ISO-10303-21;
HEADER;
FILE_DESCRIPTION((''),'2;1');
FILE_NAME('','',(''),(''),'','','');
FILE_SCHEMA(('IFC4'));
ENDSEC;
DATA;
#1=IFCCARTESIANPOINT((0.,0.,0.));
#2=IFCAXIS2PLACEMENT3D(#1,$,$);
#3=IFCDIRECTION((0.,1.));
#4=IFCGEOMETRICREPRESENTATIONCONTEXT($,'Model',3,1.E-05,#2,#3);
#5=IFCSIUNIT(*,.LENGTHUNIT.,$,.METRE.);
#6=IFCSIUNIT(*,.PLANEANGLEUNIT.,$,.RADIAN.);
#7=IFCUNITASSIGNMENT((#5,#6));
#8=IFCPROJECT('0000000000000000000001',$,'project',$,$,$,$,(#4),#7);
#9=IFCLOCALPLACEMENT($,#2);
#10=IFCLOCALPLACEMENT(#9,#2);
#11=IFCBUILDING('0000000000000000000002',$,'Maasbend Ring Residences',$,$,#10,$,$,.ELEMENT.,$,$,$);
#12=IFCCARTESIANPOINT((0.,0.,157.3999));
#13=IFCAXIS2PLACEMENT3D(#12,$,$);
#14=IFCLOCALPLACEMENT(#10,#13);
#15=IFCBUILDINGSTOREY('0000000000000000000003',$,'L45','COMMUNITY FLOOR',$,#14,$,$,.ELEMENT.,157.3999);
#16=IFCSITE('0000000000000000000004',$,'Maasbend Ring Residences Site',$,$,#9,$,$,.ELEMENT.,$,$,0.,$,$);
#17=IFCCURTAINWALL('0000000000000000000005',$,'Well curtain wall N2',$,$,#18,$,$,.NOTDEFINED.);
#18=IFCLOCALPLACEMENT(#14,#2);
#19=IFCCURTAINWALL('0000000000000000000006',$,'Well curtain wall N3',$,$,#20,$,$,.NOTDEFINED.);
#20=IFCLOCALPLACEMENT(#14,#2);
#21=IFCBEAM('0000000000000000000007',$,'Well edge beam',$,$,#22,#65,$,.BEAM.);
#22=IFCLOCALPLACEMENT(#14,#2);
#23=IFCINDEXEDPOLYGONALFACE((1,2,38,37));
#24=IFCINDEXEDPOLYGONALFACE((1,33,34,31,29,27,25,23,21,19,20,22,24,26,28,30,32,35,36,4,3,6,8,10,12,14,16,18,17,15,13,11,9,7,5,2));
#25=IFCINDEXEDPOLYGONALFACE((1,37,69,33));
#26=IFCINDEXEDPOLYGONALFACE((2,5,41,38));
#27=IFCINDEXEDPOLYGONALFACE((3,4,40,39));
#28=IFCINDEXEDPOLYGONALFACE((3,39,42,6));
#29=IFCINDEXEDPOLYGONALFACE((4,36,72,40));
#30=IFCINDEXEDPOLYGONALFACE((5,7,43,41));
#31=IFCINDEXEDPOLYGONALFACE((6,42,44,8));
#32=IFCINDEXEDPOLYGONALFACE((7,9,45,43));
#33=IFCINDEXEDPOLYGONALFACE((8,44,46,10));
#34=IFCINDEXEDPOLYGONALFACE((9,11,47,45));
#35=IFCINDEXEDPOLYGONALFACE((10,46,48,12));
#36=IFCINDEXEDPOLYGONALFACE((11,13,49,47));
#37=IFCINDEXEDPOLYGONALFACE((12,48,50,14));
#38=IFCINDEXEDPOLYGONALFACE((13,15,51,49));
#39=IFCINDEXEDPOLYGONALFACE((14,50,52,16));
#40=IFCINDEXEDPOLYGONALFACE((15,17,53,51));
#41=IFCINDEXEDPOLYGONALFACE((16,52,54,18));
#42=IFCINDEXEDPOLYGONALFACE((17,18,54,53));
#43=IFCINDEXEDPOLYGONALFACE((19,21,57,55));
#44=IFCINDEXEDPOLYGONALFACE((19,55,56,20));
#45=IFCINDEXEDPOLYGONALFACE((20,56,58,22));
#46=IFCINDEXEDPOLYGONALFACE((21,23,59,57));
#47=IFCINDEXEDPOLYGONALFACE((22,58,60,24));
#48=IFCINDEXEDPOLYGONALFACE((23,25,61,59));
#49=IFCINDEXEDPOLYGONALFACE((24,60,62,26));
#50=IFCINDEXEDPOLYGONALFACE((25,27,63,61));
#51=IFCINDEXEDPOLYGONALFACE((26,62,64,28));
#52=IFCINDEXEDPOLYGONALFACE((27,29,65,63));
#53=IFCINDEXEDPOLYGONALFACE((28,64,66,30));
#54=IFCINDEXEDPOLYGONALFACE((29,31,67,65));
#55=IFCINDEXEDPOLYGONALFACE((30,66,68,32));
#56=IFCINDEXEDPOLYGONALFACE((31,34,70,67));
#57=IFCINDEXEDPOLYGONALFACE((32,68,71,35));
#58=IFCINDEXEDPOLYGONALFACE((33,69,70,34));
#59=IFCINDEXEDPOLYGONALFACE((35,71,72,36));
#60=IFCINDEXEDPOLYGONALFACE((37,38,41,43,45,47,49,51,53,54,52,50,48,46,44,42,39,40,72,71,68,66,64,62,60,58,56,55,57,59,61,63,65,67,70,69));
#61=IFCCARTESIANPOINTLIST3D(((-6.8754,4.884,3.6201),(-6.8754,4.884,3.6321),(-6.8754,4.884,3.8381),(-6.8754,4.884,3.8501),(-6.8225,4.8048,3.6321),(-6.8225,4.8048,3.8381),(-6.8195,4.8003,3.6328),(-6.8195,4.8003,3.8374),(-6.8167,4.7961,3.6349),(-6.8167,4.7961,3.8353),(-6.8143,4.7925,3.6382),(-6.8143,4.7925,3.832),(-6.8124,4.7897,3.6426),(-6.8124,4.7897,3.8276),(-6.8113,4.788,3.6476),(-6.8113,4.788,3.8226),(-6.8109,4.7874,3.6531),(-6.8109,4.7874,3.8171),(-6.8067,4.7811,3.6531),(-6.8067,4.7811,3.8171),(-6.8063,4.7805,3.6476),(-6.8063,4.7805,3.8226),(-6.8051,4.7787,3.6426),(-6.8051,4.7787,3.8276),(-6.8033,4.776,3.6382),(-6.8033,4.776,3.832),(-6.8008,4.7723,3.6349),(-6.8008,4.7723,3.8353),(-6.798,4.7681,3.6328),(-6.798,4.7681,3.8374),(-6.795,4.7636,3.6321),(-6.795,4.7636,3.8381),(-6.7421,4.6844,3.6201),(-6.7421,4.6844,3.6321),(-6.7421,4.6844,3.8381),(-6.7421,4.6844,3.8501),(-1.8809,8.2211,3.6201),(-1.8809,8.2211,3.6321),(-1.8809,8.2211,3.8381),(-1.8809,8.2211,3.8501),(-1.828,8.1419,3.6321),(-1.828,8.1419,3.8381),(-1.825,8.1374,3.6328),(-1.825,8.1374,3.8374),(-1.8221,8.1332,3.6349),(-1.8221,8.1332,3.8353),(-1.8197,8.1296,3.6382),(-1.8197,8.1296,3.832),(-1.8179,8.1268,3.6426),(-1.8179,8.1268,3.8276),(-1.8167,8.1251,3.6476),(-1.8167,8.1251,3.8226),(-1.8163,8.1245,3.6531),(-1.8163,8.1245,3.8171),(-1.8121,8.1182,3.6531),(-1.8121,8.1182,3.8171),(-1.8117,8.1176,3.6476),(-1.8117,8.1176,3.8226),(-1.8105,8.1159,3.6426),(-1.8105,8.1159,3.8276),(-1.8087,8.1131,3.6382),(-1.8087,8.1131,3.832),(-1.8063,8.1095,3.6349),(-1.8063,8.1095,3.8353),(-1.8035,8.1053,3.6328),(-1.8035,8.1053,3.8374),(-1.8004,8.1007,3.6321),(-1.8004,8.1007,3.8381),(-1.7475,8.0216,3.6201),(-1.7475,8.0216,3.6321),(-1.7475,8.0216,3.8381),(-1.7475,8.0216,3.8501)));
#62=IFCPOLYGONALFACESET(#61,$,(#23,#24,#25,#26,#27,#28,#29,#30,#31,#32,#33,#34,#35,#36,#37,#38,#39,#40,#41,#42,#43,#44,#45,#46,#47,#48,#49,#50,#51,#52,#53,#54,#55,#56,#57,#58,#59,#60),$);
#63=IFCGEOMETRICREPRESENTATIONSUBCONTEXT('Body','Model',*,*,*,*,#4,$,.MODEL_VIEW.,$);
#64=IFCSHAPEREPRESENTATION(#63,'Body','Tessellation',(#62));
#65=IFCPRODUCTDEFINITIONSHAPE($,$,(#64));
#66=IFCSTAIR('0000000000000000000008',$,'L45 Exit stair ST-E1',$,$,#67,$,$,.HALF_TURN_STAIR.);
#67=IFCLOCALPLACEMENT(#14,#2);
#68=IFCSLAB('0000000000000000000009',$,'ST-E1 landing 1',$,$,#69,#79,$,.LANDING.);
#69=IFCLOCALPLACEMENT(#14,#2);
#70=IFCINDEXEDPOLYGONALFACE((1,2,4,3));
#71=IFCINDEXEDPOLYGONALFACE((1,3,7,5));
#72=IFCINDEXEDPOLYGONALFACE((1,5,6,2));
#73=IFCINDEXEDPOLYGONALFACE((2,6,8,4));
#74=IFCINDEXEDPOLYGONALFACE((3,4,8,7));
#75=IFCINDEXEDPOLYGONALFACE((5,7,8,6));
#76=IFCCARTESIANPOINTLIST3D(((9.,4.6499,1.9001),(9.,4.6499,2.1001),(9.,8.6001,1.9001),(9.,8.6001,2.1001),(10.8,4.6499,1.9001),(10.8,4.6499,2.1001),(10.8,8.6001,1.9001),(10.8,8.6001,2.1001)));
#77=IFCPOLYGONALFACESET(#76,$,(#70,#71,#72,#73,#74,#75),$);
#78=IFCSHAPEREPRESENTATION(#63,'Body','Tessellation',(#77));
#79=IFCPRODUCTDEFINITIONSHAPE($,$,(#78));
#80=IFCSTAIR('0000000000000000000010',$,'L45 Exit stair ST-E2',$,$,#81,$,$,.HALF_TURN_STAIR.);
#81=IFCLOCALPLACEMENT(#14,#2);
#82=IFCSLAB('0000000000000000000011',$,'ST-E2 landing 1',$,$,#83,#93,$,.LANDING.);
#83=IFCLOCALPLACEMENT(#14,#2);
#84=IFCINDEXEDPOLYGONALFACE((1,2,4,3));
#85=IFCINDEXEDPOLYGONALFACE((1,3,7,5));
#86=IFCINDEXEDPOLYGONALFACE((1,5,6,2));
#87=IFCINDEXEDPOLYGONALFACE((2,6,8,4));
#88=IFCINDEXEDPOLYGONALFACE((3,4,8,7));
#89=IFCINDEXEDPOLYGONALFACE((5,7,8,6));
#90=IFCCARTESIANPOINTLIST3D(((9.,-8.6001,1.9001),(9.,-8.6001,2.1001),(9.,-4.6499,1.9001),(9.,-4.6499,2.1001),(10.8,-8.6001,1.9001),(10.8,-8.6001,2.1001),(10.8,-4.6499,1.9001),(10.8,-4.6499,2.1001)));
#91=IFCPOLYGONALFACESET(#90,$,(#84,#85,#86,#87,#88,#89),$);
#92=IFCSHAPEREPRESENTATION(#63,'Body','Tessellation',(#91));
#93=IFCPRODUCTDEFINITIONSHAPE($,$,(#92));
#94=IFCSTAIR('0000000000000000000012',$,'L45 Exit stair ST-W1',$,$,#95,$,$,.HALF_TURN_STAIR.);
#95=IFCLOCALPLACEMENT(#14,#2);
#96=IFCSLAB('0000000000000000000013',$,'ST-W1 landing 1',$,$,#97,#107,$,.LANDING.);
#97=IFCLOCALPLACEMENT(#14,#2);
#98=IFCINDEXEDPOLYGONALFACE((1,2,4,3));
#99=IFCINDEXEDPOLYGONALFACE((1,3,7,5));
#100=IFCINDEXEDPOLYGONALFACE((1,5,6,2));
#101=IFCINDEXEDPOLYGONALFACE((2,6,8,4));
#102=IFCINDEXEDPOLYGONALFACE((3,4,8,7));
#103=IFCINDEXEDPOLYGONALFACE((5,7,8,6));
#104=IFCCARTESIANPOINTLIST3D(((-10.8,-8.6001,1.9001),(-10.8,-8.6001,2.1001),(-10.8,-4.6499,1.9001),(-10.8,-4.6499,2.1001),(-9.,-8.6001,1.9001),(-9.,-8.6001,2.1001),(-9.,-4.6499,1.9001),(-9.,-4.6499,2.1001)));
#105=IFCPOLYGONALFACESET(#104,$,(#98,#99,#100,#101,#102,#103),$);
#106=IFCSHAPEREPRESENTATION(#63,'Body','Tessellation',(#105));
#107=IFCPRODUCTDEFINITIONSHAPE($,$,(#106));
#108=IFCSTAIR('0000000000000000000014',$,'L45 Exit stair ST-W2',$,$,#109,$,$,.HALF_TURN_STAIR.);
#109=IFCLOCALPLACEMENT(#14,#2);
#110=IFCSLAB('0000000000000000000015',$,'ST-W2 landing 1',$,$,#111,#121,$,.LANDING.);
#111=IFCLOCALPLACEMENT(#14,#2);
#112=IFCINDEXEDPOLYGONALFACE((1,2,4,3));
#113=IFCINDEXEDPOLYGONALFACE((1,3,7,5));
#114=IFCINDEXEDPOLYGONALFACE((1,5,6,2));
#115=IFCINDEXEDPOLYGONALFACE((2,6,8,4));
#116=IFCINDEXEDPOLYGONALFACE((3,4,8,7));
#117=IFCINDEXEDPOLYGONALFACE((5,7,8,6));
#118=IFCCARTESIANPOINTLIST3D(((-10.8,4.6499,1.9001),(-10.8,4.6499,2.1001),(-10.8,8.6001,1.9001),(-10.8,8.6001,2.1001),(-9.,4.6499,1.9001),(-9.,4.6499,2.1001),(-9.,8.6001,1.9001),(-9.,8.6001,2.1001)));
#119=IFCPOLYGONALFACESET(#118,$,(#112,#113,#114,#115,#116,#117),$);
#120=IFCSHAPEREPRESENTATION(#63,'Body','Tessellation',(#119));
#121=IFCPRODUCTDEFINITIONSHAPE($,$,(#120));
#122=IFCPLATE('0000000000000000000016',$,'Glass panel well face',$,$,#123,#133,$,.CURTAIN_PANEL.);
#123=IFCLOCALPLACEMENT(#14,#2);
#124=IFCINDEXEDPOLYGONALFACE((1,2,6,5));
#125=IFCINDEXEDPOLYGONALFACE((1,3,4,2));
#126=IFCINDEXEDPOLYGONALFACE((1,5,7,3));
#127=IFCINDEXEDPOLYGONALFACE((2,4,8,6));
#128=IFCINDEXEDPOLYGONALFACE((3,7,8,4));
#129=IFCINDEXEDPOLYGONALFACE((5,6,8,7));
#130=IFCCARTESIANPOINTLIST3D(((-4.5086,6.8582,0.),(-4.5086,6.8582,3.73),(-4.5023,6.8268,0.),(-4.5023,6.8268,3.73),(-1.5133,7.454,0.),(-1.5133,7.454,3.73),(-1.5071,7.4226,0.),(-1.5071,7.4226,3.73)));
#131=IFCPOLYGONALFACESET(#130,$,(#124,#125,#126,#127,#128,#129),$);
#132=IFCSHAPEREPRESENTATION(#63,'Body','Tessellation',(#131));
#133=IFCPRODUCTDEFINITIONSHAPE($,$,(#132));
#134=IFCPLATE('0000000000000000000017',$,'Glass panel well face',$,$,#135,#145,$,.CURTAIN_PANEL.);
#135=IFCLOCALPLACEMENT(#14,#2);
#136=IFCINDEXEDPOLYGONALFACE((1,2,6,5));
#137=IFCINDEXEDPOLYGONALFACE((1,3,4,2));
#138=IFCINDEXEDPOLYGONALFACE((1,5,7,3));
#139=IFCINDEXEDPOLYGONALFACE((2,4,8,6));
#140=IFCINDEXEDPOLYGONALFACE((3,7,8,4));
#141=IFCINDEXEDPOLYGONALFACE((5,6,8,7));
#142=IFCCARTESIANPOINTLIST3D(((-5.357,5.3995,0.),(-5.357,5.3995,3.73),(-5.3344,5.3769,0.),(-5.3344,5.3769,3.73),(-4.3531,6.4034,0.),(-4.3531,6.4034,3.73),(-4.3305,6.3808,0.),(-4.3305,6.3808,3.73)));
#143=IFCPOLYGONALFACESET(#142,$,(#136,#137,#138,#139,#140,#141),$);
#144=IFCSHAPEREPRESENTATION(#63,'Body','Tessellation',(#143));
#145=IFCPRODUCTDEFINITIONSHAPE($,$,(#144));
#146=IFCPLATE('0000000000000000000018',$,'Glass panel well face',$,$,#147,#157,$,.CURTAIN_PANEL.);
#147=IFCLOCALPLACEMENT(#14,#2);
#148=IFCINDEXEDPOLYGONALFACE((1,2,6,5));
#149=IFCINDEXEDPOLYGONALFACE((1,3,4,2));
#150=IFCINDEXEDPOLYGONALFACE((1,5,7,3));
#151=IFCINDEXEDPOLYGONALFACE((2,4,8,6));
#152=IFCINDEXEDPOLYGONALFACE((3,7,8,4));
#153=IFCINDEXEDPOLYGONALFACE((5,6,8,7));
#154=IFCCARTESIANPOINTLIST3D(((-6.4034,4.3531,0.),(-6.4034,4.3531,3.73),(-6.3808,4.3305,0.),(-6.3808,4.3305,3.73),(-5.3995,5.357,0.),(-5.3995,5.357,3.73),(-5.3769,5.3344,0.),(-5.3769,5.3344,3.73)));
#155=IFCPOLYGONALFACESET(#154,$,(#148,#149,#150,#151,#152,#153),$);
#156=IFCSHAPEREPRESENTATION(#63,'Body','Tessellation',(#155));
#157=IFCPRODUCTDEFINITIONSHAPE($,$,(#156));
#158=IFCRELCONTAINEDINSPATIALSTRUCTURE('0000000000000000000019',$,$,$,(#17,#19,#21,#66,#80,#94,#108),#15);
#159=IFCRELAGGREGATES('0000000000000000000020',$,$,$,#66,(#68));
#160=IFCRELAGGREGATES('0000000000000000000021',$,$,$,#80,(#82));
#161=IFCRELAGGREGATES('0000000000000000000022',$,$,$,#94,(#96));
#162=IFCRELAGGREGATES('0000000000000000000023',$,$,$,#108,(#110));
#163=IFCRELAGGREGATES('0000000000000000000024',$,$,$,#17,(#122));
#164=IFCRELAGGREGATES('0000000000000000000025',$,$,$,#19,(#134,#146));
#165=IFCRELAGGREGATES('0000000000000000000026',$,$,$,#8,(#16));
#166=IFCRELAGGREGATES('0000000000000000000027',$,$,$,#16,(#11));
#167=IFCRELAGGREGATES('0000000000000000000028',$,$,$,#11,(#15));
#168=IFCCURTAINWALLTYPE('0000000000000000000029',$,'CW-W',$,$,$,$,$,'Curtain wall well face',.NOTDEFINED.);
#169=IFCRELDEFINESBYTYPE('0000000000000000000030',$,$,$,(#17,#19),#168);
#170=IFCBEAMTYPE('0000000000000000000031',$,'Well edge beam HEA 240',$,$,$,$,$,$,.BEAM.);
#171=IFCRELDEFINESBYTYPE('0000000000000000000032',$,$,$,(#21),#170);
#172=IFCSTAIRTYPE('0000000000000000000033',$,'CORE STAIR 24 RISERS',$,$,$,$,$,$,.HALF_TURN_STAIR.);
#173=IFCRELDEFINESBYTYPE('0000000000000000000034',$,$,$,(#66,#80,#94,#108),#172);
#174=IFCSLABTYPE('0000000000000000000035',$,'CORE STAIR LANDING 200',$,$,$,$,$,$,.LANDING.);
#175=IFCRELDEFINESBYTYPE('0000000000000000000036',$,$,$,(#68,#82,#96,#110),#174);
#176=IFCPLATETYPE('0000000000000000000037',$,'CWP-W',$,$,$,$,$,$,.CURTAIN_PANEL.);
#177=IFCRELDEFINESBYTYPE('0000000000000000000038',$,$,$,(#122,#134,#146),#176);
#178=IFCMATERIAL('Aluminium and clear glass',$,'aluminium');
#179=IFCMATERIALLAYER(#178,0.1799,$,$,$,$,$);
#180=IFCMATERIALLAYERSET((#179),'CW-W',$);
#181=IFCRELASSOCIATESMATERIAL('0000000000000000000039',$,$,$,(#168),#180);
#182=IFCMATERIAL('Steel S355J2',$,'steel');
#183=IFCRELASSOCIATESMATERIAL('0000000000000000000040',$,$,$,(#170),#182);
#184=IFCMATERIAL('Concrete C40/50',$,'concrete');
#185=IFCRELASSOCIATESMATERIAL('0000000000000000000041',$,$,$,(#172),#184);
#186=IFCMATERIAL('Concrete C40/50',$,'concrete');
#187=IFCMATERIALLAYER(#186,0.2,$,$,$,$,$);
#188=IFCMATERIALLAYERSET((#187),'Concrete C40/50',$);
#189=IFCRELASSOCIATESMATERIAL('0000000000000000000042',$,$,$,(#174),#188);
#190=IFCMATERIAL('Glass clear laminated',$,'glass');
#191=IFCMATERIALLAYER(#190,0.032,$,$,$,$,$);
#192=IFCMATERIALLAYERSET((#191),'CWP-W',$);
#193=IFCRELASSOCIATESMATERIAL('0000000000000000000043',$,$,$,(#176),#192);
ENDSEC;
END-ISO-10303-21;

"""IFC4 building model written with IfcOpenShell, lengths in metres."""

from ifc_helpers import new_model, si_unit, direction, frame, origin, origin_2d, place, context, subcontext, project, spatial, polyline, rectangle, i_section, outline, extrude, material, layer, layer_set, material_profile, profile_set, type_object, element, aggregate, save


model = new_model("IFC4")

# Units and contexts
model_context = context("Model", 3, precision=1e-05, world=origin(), true_north=direction((0.0, 1.0)))
body_context = subcontext(model_context, "Body", "Model", "MODEL_VIEW")
ifc_project = project(units=[si_unit("LENGTHUNIT", "METRE"), si_unit("PLANEANGLEUNIT", "RADIAN")], contexts=[model_context])

# Site, building, storey
site_placement = place(None, origin())
site = spatial("IfcSite", under=ifc_project, at=site_placement, Name="Maasbend Ring Residences Site", CompositionType="ELEMENT", RefElevation=0.0)
building_placement = place(site_placement, origin())
building = spatial("IfcBuilding", under=site, at=building_placement, Name="Maasbend Ring Residences", CompositionType="ELEMENT")
storey_placement = place(building_placement, frame((0.0, 0.0, 157.3999)))
storey = spatial("IfcBuildingStorey", under=building, at=storey_placement, Name="L45", Description="COMMUNITY FLOOR", CompositionType="ELEMENT", Elevation=157.3999)

# Curtain walls
ifc_material_1 = material(Name="Aluminium and clear glass", Category="aluminium")
ifc_layer_1 = layer(ifc_material_1, 0.1799)
ifc_layer_set_1 = layer_set([ifc_layer_1], Name="CW-W")
curtain_wall_type = type_object("IfcCurtainWallType", Name="CW-W", ElementType="Curtain wall well face", PredefinedType="NOTDEFINED", material=ifc_layer_set_1)
curtain_wall_1_placement = place(storey_placement, origin())
curtain_wall_1 = element("IfcCurtainWall", 1, at=curtain_wall_1_placement, inside=storey, type_object=curtain_wall_type, Name="Well curtain wall N2", PredefinedType="NOTDEFINED")
curtain_wall_2_placement = place(storey_placement, origin())
curtain_wall_2 = element("IfcCurtainWall", 2, at=curtain_wall_2_placement, inside=storey, type_object=curtain_wall_type, Name="Well curtain wall N3", PredefinedType="NOTDEFINED")

# Beam
ifc_material_2 = material(Name="Steel S355J2", Category="steel")
ifc_material_profile_1 = material_profile(ifc_material_2, i_section(OverallWidth=0.24, OverallDepth=0.23, WebThickness=0.0076, FlangeThickness=0.012, FilletRadius=0.021, at=origin_2d()), Name="HEA 240")
ifc_profile_set_1 = profile_set([ifc_material_profile_1], Name="Steel S355J2")
beam_type = type_object("IfcBeamType", Name="Well edge beam HEA 240", PredefinedType="BEAM", material=ifc_profile_set_1)
beam_placement = place(storey_placement, frame((-1.8142, 8.1213, 3.7351), z_axis=(-0.831481, -0.555553, 0.0), x_axis=(0.555553, -0.831481, 0.0)))
element("IfcBeam", 3, at=beam_placement, inside=storey, type_object=beam_type, Name="Well edge beam", PredefinedType="BEAM", context=body_context, shape_type="SweptSolid", body=[
    extrude(i_section(OverallWidth=0.24, OverallDepth=0.23, WebThickness=0.0076, FlangeThickness=0.012, FilletRadius=0.021, at=origin_2d()), origin(), (0.0, 0.0, 1.0), 6.0068),
])

# Stairs, slabs
ifc_material_3 = material(Name="Concrete C40/50", Category="concrete")
stair_type = type_object("IfcStairType", Name="CORE STAIR 24 RISERS", PredefinedType="HALF_TURN_STAIR", material=ifc_material_3)
stair_1_placement = place(storey_placement, origin())
stair_1 = element("IfcStair", 4, at=stair_1_placement, inside=storey, type_object=stair_type, Name="L45 Exit stair ST-E1", PredefinedType="HALF_TURN_STAIR")
ifc_material_4 = material(Name="Concrete C40/50", Category="concrete")
ifc_layer_2 = layer(ifc_material_4, 0.2)
ifc_layer_set_2 = layer_set([ifc_layer_2], Name="Concrete C40/50")
slab_type = type_object("IfcSlabType", Name="CORE STAIR LANDING 200", PredefinedType="LANDING", material=ifc_layer_set_2)
slab_1_placement = place(storey_placement, frame((0.0, 0.0, 1.9001)))
slab_1 = element("IfcSlab", 5, at=slab_1_placement, type_object=slab_type, Name="ST-E1 landing 1", PredefinedType="LANDING", context=body_context, shape_type="SweptSolid", body=[
    extrude(outline(polyline([(10.8, 8.6001), (9.0, 8.6001), (9.0, 4.6499), (10.8, 4.6499), (10.8, 8.6001)])), origin(), (0.0, 0.0, 1.0), 0.2),
])
aggregate(stair_1, [slab_1])
stair_2_placement = place(storey_placement, origin())
stair_2 = element("IfcStair", 6, at=stair_2_placement, inside=storey, type_object=stair_type, Name="L45 Exit stair ST-E2", PredefinedType="HALF_TURN_STAIR")
slab_2_placement = place(storey_placement, frame((0.0, 0.0, 1.9001)))
slab_2 = element("IfcSlab", 7, at=slab_2_placement, type_object=slab_type, Name="ST-E2 landing 1", PredefinedType="LANDING", context=body_context, shape_type="SweptSolid", body=[
    extrude(outline(polyline([(10.8, -4.6499), (9.0, -4.6499), (9.0, -8.6001), (10.8, -8.6001), (10.8, -4.6499)])), origin(), (0.0, 0.0, 1.0), 0.2),
])
aggregate(stair_2, [slab_2])
stair_3_placement = place(storey_placement, origin())
stair_3 = element("IfcStair", 8, at=stair_3_placement, inside=storey, type_object=stair_type, Name="L45 Exit stair ST-W1", PredefinedType="HALF_TURN_STAIR")
slab_3_placement = place(storey_placement, frame((0.0, 0.0, 1.9001)))
slab_3 = element("IfcSlab", 9, at=slab_3_placement, type_object=slab_type, Name="ST-W1 landing 1", PredefinedType="LANDING", context=body_context, shape_type="SweptSolid", body=[
    extrude(outline(polyline([(-10.8, -8.6001), (-9.0, -8.6001), (-9.0, -4.6499), (-10.8, -4.6499), (-10.8, -8.6001)])), origin(), (0.0, 0.0, 1.0), 0.2),
])
aggregate(stair_3, [slab_3])
stair_4_placement = place(storey_placement, origin())
stair_4 = element("IfcStair", 10, at=stair_4_placement, inside=storey, type_object=stair_type, Name="L45 Exit stair ST-W2", PredefinedType="HALF_TURN_STAIR")
slab_4_placement = place(storey_placement, frame((0.0, 0.0, 1.9001)))
slab_4 = element("IfcSlab", 11, at=slab_4_placement, type_object=slab_type, Name="ST-W2 landing 1", PredefinedType="LANDING", context=body_context, shape_type="SweptSolid", body=[
    extrude(outline(polyline([(-10.8, 4.6499), (-9.0, 4.6499), (-9.0, 8.6001), (-10.8, 8.6001), (-10.8, 4.6499)])), origin(), (0.0, 0.0, 1.0), 0.2),
])
aggregate(stair_4, [slab_4])

# Plates
ifc_material_5 = material(Name="Glass clear laminated", Category="glass")
ifc_layer_3 = layer(ifc_material_5, 0.032)
ifc_layer_set_3 = layer_set([ifc_layer_3], Name="CWP-W")
plate_type = type_object("IfcPlateType", Name="CWP-W", PredefinedType="CURTAIN_PANEL", material=ifc_layer_set_3)
plate_1_placement = place(storey_placement, frame((-3.0078, 7.1404, 0.0), z_axis=(0.0, 0.0, 1.0), x_axis=(-0.980785, -0.19509, 0.0)))
plate_1 = element("IfcPlate", 12, at=plate_1_placement, type_object=plate_type, Name="Glass panel well face", PredefinedType="CURTAIN_PANEL", context=body_context, shape_type="SweptSolid", body=[
    extrude(rectangle(XDim=3.054, YDim=0.032, at=origin_2d()), origin(), (0.0, 0.0, 1.0), 3.73),
])
aggregate(curtain_wall_1, [plate_1])
plate_2_placement = place(storey_placement, frame((-4.8438, 5.8901, 0.0), z_axis=(0.0, 0.0, 1.0), x_axis=(-0.707107, -0.707107, 0.0)))
plate_2 = element("IfcPlate", 13, at=plate_2_placement, type_object=plate_type, Name="Glass panel well face", PredefinedType="CURTAIN_PANEL", context=body_context, shape_type="SweptSolid", body=[
    extrude(rectangle(XDim=1.4197, YDim=0.032, at=origin_2d()), origin(), (0.0, 0.0, 1.0), 3.73),
])
plate_3_placement = place(storey_placement, frame((-5.8901, 4.8438, 0.0), z_axis=(0.0, 0.0, 1.0), x_axis=(-0.707107, -0.707107, 0.0)))
plate_3 = element("IfcPlate", 14, at=plate_3_placement, type_object=plate_type, Name="Glass panel well face", PredefinedType="CURTAIN_PANEL", context=body_context, shape_type="SweptSolid", body=[
    extrude(rectangle(XDim=1.4197, YDim=0.032, at=origin_2d()), origin(), (0.0, 0.0, 1.0), 3.73),
])
aggregate(curtain_wall_2, [plate_2, plate_3])

save(model, "model.ifc")
